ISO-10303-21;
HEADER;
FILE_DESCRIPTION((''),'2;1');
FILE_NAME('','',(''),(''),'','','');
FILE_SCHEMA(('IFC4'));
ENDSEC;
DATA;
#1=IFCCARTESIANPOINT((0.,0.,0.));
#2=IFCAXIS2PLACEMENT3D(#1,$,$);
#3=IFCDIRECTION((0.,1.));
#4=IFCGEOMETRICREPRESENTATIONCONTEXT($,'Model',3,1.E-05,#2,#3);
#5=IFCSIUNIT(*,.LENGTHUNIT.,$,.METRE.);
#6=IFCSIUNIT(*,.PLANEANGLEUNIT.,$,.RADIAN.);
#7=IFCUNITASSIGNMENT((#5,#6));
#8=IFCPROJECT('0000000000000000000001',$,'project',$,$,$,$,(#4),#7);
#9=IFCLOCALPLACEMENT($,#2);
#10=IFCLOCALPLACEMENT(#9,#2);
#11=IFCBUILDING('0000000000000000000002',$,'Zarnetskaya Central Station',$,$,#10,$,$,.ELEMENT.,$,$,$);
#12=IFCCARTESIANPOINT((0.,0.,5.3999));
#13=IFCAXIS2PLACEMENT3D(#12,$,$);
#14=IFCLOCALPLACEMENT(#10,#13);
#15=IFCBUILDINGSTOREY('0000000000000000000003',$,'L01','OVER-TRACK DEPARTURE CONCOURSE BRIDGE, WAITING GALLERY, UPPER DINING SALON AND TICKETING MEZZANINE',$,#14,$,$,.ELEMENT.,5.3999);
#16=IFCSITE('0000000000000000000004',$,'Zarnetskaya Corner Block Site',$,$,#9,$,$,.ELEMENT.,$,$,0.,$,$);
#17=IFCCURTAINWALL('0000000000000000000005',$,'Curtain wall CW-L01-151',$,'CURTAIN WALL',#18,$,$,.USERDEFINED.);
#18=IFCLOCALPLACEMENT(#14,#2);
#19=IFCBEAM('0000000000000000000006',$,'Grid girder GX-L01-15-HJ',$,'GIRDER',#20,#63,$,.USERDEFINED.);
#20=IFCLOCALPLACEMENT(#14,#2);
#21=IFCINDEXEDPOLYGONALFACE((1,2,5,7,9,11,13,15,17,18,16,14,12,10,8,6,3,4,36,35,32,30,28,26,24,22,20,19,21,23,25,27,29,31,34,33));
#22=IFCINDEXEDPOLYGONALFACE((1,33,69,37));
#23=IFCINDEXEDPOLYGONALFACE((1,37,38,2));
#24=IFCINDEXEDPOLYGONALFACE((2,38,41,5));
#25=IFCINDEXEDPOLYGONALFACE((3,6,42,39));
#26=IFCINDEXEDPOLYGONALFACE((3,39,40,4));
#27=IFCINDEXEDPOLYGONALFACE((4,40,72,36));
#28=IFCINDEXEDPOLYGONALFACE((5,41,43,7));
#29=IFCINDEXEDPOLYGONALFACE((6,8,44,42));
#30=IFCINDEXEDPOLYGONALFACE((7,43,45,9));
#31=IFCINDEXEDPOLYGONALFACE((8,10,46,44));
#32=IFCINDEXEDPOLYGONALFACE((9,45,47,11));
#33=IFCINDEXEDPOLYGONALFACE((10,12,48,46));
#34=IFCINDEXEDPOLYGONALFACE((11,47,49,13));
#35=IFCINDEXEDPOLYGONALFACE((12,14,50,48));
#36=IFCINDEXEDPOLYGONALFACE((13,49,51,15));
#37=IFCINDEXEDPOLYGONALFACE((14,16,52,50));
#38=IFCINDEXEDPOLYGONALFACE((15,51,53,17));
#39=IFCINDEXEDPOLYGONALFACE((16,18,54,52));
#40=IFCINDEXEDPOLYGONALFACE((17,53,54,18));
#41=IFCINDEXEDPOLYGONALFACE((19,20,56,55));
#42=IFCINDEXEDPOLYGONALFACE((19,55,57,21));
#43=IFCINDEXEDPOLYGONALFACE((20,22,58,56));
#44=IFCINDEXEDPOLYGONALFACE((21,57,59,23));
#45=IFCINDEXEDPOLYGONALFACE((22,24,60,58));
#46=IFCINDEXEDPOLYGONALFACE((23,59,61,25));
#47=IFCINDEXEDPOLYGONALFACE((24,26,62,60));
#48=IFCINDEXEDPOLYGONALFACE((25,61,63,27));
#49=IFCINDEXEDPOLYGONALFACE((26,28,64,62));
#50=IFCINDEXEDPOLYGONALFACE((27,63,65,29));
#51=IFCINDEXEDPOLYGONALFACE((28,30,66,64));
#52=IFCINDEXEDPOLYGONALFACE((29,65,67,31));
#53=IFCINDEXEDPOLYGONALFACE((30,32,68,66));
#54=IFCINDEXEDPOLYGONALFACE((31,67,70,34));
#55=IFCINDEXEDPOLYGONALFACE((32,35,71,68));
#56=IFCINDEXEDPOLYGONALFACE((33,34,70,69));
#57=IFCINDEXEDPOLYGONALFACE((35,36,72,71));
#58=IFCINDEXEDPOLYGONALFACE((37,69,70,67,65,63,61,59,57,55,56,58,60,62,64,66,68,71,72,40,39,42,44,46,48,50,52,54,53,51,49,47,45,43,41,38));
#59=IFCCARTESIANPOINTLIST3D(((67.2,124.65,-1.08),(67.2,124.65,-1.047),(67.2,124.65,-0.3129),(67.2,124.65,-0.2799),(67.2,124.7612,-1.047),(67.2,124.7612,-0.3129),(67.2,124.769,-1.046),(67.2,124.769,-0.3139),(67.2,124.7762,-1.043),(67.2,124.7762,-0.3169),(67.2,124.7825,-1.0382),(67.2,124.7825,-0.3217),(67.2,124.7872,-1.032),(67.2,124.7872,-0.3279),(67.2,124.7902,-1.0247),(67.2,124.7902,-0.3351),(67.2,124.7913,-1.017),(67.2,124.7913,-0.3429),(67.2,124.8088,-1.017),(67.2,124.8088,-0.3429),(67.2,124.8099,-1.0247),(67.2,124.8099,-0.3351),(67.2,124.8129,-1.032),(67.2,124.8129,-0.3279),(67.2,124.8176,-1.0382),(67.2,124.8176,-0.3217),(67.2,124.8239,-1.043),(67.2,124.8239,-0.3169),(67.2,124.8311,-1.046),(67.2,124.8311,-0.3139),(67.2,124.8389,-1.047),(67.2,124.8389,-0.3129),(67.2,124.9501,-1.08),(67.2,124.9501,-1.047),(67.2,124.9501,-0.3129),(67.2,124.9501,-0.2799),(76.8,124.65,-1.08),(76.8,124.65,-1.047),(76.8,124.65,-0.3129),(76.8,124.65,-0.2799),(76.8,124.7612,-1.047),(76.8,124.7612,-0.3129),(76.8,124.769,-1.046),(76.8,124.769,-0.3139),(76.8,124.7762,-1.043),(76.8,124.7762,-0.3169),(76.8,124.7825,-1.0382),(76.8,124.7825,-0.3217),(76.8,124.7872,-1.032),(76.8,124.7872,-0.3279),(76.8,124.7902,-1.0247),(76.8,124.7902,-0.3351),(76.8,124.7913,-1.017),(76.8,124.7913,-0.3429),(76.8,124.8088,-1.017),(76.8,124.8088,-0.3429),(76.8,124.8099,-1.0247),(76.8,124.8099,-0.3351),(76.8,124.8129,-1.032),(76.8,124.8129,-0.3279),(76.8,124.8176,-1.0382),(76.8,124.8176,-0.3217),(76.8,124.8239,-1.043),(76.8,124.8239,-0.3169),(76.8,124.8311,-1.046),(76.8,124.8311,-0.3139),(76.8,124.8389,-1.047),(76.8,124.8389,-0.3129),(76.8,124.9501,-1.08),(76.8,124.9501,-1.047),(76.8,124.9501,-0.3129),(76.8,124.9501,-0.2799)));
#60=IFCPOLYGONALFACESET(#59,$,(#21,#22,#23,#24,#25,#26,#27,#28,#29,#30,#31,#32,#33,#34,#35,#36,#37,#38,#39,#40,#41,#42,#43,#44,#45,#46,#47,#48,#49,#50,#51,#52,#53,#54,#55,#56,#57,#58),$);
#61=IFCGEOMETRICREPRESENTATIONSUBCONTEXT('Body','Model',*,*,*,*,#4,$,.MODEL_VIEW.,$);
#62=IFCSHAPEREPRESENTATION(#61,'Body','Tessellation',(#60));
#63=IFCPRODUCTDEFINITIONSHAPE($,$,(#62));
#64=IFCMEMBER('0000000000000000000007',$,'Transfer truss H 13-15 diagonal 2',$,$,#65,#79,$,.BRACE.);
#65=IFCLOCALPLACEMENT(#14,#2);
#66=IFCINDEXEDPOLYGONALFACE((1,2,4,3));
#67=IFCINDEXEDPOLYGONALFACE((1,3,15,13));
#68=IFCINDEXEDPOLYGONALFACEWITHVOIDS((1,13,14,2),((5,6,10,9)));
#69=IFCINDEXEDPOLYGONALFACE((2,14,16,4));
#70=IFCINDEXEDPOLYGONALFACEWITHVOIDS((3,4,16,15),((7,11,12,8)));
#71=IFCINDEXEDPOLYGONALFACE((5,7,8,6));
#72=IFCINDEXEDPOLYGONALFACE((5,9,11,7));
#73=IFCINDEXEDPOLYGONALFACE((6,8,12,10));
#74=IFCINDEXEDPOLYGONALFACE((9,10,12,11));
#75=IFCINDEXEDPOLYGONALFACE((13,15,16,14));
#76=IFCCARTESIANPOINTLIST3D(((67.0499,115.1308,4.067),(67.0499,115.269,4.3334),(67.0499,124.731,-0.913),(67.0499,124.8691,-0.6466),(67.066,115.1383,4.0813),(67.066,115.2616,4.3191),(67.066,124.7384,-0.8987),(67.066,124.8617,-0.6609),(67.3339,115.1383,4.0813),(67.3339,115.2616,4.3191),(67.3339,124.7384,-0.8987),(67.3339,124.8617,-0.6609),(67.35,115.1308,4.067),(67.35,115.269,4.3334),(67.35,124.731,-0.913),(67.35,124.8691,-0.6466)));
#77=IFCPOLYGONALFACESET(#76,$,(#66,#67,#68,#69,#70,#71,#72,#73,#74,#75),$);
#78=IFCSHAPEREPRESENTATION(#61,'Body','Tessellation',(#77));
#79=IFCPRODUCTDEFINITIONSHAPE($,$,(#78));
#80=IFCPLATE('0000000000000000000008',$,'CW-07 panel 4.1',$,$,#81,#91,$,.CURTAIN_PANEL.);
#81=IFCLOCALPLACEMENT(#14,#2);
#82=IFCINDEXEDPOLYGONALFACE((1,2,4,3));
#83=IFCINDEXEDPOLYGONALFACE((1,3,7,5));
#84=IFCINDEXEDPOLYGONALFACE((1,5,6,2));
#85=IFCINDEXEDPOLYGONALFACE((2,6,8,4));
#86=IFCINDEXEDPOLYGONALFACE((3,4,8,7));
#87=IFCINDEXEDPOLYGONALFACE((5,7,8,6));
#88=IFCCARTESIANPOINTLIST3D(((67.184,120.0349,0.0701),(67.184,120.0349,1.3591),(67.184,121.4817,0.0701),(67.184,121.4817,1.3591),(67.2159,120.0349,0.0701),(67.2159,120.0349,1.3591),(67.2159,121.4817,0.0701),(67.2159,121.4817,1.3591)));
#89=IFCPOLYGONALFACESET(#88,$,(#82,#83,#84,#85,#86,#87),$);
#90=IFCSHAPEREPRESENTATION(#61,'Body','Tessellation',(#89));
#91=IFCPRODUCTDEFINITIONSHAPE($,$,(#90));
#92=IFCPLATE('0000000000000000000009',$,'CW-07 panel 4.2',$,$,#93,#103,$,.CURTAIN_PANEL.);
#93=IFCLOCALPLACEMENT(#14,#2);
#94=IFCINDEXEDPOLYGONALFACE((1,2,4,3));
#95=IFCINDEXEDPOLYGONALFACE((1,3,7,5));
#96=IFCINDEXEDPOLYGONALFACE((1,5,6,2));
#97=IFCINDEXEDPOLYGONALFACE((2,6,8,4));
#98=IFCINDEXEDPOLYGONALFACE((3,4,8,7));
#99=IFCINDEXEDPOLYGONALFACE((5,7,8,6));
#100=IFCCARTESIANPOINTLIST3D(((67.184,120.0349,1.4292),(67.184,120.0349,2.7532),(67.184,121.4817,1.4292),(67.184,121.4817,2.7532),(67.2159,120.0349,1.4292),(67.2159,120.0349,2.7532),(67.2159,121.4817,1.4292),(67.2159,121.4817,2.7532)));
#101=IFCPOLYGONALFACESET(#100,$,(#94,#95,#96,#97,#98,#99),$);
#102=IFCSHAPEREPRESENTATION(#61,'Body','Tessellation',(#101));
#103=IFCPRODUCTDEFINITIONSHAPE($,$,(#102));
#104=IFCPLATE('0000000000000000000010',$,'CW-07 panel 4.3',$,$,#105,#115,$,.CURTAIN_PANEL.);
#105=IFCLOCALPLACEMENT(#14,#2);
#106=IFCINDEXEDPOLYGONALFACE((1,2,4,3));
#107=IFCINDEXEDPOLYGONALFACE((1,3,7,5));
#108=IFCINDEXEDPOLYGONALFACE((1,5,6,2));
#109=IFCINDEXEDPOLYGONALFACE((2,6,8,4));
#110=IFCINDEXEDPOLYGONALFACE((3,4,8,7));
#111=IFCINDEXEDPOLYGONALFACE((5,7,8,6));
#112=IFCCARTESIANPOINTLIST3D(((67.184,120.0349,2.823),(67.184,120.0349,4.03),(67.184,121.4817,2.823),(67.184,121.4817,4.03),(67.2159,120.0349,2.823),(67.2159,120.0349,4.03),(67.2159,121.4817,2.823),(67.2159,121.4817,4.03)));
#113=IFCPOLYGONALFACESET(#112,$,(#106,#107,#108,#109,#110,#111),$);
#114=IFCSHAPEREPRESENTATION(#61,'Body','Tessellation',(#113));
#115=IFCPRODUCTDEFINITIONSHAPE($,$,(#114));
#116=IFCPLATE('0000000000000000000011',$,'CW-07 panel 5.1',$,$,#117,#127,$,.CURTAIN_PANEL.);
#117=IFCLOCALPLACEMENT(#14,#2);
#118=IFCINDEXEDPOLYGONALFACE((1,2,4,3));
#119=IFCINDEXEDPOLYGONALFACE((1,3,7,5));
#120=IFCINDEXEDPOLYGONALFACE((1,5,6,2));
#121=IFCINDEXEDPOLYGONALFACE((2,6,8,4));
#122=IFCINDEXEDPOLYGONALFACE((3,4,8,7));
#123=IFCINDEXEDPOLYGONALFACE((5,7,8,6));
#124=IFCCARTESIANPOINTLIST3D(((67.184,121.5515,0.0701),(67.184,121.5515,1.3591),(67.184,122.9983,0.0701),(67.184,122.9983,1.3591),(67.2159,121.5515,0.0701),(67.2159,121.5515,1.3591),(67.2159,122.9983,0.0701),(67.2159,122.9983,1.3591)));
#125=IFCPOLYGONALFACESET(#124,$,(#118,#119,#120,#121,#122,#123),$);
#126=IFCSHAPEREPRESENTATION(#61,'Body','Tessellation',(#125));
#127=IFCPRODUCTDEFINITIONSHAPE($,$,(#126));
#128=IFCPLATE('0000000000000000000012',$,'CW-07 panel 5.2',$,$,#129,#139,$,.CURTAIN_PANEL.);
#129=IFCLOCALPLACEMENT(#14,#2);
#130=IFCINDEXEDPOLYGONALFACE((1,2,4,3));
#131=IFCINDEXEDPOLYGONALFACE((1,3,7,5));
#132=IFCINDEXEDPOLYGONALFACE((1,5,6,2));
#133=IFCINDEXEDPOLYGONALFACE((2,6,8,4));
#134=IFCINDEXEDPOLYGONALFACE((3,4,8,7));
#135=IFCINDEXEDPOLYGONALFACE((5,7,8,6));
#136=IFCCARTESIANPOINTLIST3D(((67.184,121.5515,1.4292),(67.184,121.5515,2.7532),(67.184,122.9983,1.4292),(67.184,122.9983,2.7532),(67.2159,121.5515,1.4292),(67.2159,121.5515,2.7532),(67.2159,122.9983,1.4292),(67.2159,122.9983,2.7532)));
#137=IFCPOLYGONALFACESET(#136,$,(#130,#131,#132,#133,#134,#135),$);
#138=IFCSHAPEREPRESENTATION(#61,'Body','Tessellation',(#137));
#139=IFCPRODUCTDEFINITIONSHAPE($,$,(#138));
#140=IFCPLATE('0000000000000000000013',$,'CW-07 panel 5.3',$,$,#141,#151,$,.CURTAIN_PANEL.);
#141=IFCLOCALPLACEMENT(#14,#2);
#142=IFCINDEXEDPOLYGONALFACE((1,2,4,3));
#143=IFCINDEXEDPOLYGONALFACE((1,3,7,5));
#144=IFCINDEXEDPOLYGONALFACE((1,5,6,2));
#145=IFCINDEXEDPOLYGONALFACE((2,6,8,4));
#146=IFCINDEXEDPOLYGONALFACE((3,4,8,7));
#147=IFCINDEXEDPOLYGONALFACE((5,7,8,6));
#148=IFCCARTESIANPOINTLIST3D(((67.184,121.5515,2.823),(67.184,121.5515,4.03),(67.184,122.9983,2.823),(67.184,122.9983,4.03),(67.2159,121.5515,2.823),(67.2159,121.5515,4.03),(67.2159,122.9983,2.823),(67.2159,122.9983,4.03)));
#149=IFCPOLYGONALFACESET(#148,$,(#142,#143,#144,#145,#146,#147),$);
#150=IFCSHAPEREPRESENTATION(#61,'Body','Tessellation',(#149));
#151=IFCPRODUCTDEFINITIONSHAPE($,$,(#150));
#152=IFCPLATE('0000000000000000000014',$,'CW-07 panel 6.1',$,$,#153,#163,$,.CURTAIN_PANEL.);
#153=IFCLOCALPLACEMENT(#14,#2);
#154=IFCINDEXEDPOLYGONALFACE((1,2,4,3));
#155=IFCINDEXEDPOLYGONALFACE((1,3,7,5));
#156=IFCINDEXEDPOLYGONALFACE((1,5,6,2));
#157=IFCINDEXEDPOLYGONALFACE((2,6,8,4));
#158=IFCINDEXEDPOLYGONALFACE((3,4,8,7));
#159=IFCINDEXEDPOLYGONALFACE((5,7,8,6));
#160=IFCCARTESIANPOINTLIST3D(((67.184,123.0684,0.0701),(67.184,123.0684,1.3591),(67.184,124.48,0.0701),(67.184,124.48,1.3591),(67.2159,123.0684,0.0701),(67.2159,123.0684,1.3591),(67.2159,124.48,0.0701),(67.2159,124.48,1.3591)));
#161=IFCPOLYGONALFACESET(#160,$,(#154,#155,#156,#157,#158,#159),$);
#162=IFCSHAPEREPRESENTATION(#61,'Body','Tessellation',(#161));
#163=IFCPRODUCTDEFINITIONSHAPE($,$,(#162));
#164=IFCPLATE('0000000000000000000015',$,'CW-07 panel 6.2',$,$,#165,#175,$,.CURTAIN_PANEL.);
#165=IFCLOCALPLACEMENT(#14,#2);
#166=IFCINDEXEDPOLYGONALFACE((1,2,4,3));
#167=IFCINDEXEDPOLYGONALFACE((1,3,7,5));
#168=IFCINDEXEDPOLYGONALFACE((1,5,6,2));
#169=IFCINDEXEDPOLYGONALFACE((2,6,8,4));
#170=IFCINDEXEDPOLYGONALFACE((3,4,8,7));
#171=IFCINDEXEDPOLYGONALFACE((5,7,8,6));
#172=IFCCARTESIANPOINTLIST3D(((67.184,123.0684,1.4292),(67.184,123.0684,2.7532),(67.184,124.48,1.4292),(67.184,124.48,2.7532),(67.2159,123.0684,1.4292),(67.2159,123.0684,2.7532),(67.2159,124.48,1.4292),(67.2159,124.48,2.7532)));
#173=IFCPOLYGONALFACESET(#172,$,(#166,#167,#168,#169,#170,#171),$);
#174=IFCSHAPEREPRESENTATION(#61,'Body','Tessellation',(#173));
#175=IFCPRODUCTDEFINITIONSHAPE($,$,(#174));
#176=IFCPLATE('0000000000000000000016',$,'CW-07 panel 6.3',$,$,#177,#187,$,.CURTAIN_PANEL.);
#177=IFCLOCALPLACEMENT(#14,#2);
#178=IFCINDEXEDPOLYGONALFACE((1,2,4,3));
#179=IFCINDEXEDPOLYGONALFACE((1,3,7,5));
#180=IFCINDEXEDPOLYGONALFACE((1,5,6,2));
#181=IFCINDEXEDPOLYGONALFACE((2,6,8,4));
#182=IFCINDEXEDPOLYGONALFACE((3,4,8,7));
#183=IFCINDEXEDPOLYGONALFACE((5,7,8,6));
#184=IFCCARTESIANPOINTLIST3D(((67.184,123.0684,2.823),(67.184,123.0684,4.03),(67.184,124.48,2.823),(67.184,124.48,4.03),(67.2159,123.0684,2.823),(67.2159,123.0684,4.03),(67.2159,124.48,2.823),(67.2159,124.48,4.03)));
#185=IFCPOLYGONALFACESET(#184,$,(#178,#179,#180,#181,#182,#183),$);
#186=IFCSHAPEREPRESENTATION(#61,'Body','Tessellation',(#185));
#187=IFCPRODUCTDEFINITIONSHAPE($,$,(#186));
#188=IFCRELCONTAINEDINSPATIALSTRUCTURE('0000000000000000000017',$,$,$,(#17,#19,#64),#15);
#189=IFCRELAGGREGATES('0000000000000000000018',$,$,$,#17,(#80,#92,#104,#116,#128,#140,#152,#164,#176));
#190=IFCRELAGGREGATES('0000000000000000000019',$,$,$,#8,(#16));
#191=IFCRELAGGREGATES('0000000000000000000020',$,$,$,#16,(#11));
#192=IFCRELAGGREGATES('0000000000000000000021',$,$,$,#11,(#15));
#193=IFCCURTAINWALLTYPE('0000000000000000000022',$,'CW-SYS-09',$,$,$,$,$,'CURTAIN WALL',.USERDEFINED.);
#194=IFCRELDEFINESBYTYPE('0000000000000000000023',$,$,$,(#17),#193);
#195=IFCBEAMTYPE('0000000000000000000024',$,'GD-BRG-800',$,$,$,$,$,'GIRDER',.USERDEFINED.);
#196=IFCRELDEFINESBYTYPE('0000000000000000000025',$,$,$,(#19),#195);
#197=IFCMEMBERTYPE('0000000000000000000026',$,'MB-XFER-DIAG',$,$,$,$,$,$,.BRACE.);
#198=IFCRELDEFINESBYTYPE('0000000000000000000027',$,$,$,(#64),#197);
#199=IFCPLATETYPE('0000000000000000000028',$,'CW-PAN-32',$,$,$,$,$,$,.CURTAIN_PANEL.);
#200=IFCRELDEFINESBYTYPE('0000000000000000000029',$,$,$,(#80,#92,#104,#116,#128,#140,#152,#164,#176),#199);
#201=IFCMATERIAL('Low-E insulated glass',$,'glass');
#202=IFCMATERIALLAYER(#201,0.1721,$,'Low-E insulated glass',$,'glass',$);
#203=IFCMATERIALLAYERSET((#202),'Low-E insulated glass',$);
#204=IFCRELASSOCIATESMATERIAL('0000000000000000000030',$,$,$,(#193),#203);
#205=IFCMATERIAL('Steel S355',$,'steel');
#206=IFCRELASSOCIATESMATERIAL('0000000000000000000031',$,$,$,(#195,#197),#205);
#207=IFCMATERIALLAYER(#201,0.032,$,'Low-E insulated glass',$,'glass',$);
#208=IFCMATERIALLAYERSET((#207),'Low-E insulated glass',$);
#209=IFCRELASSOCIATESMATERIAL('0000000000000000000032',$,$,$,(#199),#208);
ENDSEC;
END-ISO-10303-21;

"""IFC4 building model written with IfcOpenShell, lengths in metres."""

from ifc_helpers import new_model, si_unit, direction, frame, origin, origin_2d, place, context, subcontext, project, spatial, rectangle, hollow_rectangle, i_section, extrude, material, layer, layer_set, material_profile, profile_set, type_object, element, aggregate, save


model = new_model("IFC4")

# Units and contexts
model_context = context("Model", 3, precision=1e-05, world=origin(), true_north=direction((0.0, 1.0)))
body_context = subcontext(model_context, "Body", "Model", "MODEL_VIEW")
ifc_project = project(units=[si_unit("LENGTHUNIT", "METRE"), si_unit("PLANEANGLEUNIT", "RADIAN")], contexts=[model_context])

# Site, building, storey
site_placement = place(None, origin())
site = spatial("IfcSite", under=ifc_project, at=site_placement, Name="Zarnetskaya Corner Block Site", CompositionType="ELEMENT", RefElevation=0.0)
building_placement = place(site_placement, origin())
building = spatial("IfcBuilding", under=site, at=building_placement, Name="Zarnetskaya Central Station", CompositionType="ELEMENT")
storey_placement = place(building_placement, frame((0.0, 0.0, 5.3999)))
storey = spatial("IfcBuildingStorey", under=building, at=storey_placement, Name="L01", Description="OVER-TRACK DEPARTURE CONCOURSE BRIDGE, WAITING GALLERY, UPPER DINING SALON AND TICKETING MEZZANINE", CompositionType="ELEMENT", Elevation=5.3999)

# Shared definitions
ifc_material_1 = material(Name="Steel S355", Category="steel")

# Curtain wall
ifc_material_2 = material(Name="Low-E insulated glass", Category="glass")
ifc_layer_1 = layer(ifc_material_2, 0.1721, Name="Low-E insulated glass", Category="glass")
ifc_layer_set_1 = layer_set([ifc_layer_1], Name="Low-E insulated glass")
curtain_wall_type = type_object("IfcCurtainWallType", Name="CW-SYS-09", ElementType="CURTAIN WALL", PredefinedType="USERDEFINED", material=ifc_layer_set_1)
curtain_wall_1_placement = place(storey_placement, origin())
curtain_wall_1 = element("IfcCurtainWall", 1, at=curtain_wall_1_placement, inside=storey, type_object=curtain_wall_type, Name="Curtain wall CW-L01-151", ObjectType="CURTAIN WALL", PredefinedType="USERDEFINED")

# Beam
ifc_material_profile_1 = material_profile(ifc_material_1, i_section(OverallWidth=0.3, OverallDepth=0.8, WebThickness=0.0176, FlangeThickness=0.033, FilletRadius=0.03, at=origin_2d()), Name="HEB 800")
ifc_profile_set_1 = profile_set([ifc_material_profile_1], Name="Steel S355")
beam_type_1 = type_object("IfcBeamType", Name="GD-BRG-800", ElementType="GIRDER", PredefinedType="USERDEFINED", material=ifc_profile_set_1)
beam_1_placement = place(storey_placement, frame((67.2, 124.8, -0.6799), z_axis=(1.0, 0.0, 0.0), x_axis=(0.0, 1.0, 0.0)))
element("IfcBeam", 2, at=beam_1_placement, inside=storey, type_object=beam_type_1, Name="Grid girder GX-L01-15-HJ", ObjectType="GIRDER", PredefinedType="USERDEFINED", context=body_context, shape_type="SweptSolid", body=[
    extrude(i_section(OverallWidth=0.3, OverallDepth=0.8, WebThickness=0.0176, FlangeThickness=0.033, FilletRadius=0.03, at=origin_2d()), origin(), (0.0, 0.0, 1.0), 9.6001),
])

# Member
ifc_material_profile_2 = material_profile(ifc_material_1, hollow_rectangle(XDim=0.3, YDim=0.3, WallThickness=0.0161, at=origin_2d()), Name="SHS 300x300x16")
ifc_profile_set_2 = profile_set([ifc_material_profile_2], Name="Steel S355")
member_type_1 = type_object("IfcMemberType", Name="MB-XFER-DIAG", PredefinedType="BRACE", material=ifc_profile_set_2)
member_1_placement = place(storey_placement, frame((67.2, 124.8, -0.7798), z_axis=(0.0, -0.887673, 0.460474), x_axis=(1.0, 0.0, 0.0)))
element("IfcMember", 3, at=member_1_placement, inside=storey, type_object=member_type_1, Name="Transfer truss H 13-15 diagonal 2", PredefinedType="BRACE", context=body_context, shape_type="SweptSolid", body=[
    extrude(hollow_rectangle(XDim=0.3, YDim=0.3, WallThickness=0.0161, at=origin_2d()), origin(), (0.0, 0.0, 1.0), 10.8149),
])

# Plates
ifc_layer_2 = layer(ifc_material_2, 0.032, Name="Low-E insulated glass", Category="glass")
ifc_layer_set_2 = layer_set([ifc_layer_2], Name="Low-E insulated glass")
plate_type_1 = type_object("IfcPlateType", Name="CW-PAN-32", PredefinedType="CURTAIN_PANEL", material=ifc_layer_set_2)
plate_1_placement = place(storey_placement, frame((67.2, 120.7583, 0.0701), z_axis=(0.0, 0.0, 1.0), x_axis=(0.0, 1.0, 0.0)))
plate_1 = element("IfcPlate", 4, at=plate_1_placement, type_object=plate_type_1, Name="CW-07 panel 4.1", PredefinedType="CURTAIN_PANEL", context=body_context, shape_type="SweptSolid", body=[
    extrude(rectangle(XDim=1.4468, YDim=0.032, at=origin_2d()), origin(), (0.0, 0.0, 1.0), 1.2891),
])
plate_2_placement = place(storey_placement, frame((67.2, 120.7583, 1.4292), z_axis=(0.0, 0.0, 1.0), x_axis=(0.0, 1.0, 0.0)))
plate_2 = element("IfcPlate", 5, at=plate_2_placement, type_object=plate_type_1, Name="CW-07 panel 4.2", PredefinedType="CURTAIN_PANEL", context=body_context, shape_type="SweptSolid", body=[
    extrude(rectangle(XDim=1.4468, YDim=0.032, at=origin_2d()), origin(), (0.0, 0.0, 1.0), 1.324),
])
plate_3_placement = place(storey_placement, frame((67.2, 120.7583, 2.823), z_axis=(0.0, 0.0, 1.0), x_axis=(0.0, 1.0, 0.0)))
plate_3 = element("IfcPlate", 6, at=plate_3_placement, type_object=plate_type_1, Name="CW-07 panel 4.3", PredefinedType="CURTAIN_PANEL", context=body_context, shape_type="SweptSolid", body=[
    extrude(rectangle(XDim=1.4468, YDim=0.032, at=origin_2d()), origin(), (0.0, 0.0, 1.0), 1.207),
])
plate_4_placement = place(storey_placement, frame((67.2, 122.2749, 0.0701), z_axis=(0.0, 0.0, 1.0), x_axis=(0.0, 1.0, 0.0)))
plate_4 = element("IfcPlate", 7, at=plate_4_placement, type_object=plate_type_1, Name="CW-07 panel 5.1", PredefinedType="CURTAIN_PANEL", context=body_context, shape_type="SweptSolid", body=[
    extrude(rectangle(XDim=1.4468, YDim=0.032, at=origin_2d()), origin(), (0.0, 0.0, 1.0), 1.2891),
])
plate_5_placement = place(storey_placement, frame((67.2, 122.2749, 1.4292), z_axis=(0.0, 0.0, 1.0), x_axis=(0.0, 1.0, 0.0)))
plate_5 = element("IfcPlate", 8, at=plate_5_placement, type_object=plate_type_1, Name="CW-07 panel 5.2", PredefinedType="CURTAIN_PANEL", context=body_context, shape_type="SweptSolid", body=[
    extrude(rectangle(XDim=1.4468, YDim=0.032, at=origin_2d()), origin(), (0.0, 0.0, 1.0), 1.324),
])
plate_6_placement = place(storey_placement, frame((67.2, 122.2749, 2.823), z_axis=(0.0, 0.0, 1.0), x_axis=(0.0, 1.0, 0.0)))
plate_6 = element("IfcPlate", 9, at=plate_6_placement, type_object=plate_type_1, Name="CW-07 panel 5.3", PredefinedType="CURTAIN_PANEL", context=body_context, shape_type="SweptSolid", body=[
    extrude(rectangle(XDim=1.4468, YDim=0.032, at=origin_2d()), origin(), (0.0, 0.0, 1.0), 1.207),
])
plate_7_placement = place(storey_placement, frame((67.2, 123.7742, 0.0701), z_axis=(0.0, 0.0, 1.0), x_axis=(0.0, 1.0, 0.0)))
plate_7 = element("IfcPlate", 10, at=plate_7_placement, type_object=plate_type_1, Name="CW-07 panel 6.1", PredefinedType="CURTAIN_PANEL", context=body_context, shape_type="SweptSolid", body=[
    extrude(rectangle(XDim=1.4116, YDim=0.032, at=origin_2d()), origin(), (0.0, 0.0, 1.0), 1.2891),
])
plate_8_placement = place(storey_placement, frame((67.2, 123.7742, 1.4292), z_axis=(0.0, 0.0, 1.0), x_axis=(0.0, 1.0, 0.0)))
plate_8 = element("IfcPlate", 11, at=plate_8_placement, type_object=plate_type_1, Name="CW-07 panel 6.2", PredefinedType="CURTAIN_PANEL", context=body_context, shape_type="SweptSolid", body=[
    extrude(rectangle(XDim=1.4116, YDim=0.032, at=origin_2d()), origin(), (0.0, 0.0, 1.0), 1.324),
])
plate_9_placement = place(storey_placement, frame((67.2, 123.7742, 2.823), z_axis=(0.0, 0.0, 1.0), x_axis=(0.0, 1.0, 0.0)))
plate_9 = element("IfcPlate", 12, at=plate_9_placement, type_object=plate_type_1, Name="CW-07 panel 6.3", PredefinedType="CURTAIN_PANEL", context=body_context, shape_type="SweptSolid", body=[
    extrude(rectangle(XDim=1.4116, YDim=0.032, at=origin_2d()), origin(), (0.0, 0.0, 1.0), 1.207),
])
aggregate(curtain_wall_1, [plate_1, plate_2, plate_3, plate_4, plate_5, plate_6, plate_7, plate_8, plate_9])

save(model, "model.ifc")
